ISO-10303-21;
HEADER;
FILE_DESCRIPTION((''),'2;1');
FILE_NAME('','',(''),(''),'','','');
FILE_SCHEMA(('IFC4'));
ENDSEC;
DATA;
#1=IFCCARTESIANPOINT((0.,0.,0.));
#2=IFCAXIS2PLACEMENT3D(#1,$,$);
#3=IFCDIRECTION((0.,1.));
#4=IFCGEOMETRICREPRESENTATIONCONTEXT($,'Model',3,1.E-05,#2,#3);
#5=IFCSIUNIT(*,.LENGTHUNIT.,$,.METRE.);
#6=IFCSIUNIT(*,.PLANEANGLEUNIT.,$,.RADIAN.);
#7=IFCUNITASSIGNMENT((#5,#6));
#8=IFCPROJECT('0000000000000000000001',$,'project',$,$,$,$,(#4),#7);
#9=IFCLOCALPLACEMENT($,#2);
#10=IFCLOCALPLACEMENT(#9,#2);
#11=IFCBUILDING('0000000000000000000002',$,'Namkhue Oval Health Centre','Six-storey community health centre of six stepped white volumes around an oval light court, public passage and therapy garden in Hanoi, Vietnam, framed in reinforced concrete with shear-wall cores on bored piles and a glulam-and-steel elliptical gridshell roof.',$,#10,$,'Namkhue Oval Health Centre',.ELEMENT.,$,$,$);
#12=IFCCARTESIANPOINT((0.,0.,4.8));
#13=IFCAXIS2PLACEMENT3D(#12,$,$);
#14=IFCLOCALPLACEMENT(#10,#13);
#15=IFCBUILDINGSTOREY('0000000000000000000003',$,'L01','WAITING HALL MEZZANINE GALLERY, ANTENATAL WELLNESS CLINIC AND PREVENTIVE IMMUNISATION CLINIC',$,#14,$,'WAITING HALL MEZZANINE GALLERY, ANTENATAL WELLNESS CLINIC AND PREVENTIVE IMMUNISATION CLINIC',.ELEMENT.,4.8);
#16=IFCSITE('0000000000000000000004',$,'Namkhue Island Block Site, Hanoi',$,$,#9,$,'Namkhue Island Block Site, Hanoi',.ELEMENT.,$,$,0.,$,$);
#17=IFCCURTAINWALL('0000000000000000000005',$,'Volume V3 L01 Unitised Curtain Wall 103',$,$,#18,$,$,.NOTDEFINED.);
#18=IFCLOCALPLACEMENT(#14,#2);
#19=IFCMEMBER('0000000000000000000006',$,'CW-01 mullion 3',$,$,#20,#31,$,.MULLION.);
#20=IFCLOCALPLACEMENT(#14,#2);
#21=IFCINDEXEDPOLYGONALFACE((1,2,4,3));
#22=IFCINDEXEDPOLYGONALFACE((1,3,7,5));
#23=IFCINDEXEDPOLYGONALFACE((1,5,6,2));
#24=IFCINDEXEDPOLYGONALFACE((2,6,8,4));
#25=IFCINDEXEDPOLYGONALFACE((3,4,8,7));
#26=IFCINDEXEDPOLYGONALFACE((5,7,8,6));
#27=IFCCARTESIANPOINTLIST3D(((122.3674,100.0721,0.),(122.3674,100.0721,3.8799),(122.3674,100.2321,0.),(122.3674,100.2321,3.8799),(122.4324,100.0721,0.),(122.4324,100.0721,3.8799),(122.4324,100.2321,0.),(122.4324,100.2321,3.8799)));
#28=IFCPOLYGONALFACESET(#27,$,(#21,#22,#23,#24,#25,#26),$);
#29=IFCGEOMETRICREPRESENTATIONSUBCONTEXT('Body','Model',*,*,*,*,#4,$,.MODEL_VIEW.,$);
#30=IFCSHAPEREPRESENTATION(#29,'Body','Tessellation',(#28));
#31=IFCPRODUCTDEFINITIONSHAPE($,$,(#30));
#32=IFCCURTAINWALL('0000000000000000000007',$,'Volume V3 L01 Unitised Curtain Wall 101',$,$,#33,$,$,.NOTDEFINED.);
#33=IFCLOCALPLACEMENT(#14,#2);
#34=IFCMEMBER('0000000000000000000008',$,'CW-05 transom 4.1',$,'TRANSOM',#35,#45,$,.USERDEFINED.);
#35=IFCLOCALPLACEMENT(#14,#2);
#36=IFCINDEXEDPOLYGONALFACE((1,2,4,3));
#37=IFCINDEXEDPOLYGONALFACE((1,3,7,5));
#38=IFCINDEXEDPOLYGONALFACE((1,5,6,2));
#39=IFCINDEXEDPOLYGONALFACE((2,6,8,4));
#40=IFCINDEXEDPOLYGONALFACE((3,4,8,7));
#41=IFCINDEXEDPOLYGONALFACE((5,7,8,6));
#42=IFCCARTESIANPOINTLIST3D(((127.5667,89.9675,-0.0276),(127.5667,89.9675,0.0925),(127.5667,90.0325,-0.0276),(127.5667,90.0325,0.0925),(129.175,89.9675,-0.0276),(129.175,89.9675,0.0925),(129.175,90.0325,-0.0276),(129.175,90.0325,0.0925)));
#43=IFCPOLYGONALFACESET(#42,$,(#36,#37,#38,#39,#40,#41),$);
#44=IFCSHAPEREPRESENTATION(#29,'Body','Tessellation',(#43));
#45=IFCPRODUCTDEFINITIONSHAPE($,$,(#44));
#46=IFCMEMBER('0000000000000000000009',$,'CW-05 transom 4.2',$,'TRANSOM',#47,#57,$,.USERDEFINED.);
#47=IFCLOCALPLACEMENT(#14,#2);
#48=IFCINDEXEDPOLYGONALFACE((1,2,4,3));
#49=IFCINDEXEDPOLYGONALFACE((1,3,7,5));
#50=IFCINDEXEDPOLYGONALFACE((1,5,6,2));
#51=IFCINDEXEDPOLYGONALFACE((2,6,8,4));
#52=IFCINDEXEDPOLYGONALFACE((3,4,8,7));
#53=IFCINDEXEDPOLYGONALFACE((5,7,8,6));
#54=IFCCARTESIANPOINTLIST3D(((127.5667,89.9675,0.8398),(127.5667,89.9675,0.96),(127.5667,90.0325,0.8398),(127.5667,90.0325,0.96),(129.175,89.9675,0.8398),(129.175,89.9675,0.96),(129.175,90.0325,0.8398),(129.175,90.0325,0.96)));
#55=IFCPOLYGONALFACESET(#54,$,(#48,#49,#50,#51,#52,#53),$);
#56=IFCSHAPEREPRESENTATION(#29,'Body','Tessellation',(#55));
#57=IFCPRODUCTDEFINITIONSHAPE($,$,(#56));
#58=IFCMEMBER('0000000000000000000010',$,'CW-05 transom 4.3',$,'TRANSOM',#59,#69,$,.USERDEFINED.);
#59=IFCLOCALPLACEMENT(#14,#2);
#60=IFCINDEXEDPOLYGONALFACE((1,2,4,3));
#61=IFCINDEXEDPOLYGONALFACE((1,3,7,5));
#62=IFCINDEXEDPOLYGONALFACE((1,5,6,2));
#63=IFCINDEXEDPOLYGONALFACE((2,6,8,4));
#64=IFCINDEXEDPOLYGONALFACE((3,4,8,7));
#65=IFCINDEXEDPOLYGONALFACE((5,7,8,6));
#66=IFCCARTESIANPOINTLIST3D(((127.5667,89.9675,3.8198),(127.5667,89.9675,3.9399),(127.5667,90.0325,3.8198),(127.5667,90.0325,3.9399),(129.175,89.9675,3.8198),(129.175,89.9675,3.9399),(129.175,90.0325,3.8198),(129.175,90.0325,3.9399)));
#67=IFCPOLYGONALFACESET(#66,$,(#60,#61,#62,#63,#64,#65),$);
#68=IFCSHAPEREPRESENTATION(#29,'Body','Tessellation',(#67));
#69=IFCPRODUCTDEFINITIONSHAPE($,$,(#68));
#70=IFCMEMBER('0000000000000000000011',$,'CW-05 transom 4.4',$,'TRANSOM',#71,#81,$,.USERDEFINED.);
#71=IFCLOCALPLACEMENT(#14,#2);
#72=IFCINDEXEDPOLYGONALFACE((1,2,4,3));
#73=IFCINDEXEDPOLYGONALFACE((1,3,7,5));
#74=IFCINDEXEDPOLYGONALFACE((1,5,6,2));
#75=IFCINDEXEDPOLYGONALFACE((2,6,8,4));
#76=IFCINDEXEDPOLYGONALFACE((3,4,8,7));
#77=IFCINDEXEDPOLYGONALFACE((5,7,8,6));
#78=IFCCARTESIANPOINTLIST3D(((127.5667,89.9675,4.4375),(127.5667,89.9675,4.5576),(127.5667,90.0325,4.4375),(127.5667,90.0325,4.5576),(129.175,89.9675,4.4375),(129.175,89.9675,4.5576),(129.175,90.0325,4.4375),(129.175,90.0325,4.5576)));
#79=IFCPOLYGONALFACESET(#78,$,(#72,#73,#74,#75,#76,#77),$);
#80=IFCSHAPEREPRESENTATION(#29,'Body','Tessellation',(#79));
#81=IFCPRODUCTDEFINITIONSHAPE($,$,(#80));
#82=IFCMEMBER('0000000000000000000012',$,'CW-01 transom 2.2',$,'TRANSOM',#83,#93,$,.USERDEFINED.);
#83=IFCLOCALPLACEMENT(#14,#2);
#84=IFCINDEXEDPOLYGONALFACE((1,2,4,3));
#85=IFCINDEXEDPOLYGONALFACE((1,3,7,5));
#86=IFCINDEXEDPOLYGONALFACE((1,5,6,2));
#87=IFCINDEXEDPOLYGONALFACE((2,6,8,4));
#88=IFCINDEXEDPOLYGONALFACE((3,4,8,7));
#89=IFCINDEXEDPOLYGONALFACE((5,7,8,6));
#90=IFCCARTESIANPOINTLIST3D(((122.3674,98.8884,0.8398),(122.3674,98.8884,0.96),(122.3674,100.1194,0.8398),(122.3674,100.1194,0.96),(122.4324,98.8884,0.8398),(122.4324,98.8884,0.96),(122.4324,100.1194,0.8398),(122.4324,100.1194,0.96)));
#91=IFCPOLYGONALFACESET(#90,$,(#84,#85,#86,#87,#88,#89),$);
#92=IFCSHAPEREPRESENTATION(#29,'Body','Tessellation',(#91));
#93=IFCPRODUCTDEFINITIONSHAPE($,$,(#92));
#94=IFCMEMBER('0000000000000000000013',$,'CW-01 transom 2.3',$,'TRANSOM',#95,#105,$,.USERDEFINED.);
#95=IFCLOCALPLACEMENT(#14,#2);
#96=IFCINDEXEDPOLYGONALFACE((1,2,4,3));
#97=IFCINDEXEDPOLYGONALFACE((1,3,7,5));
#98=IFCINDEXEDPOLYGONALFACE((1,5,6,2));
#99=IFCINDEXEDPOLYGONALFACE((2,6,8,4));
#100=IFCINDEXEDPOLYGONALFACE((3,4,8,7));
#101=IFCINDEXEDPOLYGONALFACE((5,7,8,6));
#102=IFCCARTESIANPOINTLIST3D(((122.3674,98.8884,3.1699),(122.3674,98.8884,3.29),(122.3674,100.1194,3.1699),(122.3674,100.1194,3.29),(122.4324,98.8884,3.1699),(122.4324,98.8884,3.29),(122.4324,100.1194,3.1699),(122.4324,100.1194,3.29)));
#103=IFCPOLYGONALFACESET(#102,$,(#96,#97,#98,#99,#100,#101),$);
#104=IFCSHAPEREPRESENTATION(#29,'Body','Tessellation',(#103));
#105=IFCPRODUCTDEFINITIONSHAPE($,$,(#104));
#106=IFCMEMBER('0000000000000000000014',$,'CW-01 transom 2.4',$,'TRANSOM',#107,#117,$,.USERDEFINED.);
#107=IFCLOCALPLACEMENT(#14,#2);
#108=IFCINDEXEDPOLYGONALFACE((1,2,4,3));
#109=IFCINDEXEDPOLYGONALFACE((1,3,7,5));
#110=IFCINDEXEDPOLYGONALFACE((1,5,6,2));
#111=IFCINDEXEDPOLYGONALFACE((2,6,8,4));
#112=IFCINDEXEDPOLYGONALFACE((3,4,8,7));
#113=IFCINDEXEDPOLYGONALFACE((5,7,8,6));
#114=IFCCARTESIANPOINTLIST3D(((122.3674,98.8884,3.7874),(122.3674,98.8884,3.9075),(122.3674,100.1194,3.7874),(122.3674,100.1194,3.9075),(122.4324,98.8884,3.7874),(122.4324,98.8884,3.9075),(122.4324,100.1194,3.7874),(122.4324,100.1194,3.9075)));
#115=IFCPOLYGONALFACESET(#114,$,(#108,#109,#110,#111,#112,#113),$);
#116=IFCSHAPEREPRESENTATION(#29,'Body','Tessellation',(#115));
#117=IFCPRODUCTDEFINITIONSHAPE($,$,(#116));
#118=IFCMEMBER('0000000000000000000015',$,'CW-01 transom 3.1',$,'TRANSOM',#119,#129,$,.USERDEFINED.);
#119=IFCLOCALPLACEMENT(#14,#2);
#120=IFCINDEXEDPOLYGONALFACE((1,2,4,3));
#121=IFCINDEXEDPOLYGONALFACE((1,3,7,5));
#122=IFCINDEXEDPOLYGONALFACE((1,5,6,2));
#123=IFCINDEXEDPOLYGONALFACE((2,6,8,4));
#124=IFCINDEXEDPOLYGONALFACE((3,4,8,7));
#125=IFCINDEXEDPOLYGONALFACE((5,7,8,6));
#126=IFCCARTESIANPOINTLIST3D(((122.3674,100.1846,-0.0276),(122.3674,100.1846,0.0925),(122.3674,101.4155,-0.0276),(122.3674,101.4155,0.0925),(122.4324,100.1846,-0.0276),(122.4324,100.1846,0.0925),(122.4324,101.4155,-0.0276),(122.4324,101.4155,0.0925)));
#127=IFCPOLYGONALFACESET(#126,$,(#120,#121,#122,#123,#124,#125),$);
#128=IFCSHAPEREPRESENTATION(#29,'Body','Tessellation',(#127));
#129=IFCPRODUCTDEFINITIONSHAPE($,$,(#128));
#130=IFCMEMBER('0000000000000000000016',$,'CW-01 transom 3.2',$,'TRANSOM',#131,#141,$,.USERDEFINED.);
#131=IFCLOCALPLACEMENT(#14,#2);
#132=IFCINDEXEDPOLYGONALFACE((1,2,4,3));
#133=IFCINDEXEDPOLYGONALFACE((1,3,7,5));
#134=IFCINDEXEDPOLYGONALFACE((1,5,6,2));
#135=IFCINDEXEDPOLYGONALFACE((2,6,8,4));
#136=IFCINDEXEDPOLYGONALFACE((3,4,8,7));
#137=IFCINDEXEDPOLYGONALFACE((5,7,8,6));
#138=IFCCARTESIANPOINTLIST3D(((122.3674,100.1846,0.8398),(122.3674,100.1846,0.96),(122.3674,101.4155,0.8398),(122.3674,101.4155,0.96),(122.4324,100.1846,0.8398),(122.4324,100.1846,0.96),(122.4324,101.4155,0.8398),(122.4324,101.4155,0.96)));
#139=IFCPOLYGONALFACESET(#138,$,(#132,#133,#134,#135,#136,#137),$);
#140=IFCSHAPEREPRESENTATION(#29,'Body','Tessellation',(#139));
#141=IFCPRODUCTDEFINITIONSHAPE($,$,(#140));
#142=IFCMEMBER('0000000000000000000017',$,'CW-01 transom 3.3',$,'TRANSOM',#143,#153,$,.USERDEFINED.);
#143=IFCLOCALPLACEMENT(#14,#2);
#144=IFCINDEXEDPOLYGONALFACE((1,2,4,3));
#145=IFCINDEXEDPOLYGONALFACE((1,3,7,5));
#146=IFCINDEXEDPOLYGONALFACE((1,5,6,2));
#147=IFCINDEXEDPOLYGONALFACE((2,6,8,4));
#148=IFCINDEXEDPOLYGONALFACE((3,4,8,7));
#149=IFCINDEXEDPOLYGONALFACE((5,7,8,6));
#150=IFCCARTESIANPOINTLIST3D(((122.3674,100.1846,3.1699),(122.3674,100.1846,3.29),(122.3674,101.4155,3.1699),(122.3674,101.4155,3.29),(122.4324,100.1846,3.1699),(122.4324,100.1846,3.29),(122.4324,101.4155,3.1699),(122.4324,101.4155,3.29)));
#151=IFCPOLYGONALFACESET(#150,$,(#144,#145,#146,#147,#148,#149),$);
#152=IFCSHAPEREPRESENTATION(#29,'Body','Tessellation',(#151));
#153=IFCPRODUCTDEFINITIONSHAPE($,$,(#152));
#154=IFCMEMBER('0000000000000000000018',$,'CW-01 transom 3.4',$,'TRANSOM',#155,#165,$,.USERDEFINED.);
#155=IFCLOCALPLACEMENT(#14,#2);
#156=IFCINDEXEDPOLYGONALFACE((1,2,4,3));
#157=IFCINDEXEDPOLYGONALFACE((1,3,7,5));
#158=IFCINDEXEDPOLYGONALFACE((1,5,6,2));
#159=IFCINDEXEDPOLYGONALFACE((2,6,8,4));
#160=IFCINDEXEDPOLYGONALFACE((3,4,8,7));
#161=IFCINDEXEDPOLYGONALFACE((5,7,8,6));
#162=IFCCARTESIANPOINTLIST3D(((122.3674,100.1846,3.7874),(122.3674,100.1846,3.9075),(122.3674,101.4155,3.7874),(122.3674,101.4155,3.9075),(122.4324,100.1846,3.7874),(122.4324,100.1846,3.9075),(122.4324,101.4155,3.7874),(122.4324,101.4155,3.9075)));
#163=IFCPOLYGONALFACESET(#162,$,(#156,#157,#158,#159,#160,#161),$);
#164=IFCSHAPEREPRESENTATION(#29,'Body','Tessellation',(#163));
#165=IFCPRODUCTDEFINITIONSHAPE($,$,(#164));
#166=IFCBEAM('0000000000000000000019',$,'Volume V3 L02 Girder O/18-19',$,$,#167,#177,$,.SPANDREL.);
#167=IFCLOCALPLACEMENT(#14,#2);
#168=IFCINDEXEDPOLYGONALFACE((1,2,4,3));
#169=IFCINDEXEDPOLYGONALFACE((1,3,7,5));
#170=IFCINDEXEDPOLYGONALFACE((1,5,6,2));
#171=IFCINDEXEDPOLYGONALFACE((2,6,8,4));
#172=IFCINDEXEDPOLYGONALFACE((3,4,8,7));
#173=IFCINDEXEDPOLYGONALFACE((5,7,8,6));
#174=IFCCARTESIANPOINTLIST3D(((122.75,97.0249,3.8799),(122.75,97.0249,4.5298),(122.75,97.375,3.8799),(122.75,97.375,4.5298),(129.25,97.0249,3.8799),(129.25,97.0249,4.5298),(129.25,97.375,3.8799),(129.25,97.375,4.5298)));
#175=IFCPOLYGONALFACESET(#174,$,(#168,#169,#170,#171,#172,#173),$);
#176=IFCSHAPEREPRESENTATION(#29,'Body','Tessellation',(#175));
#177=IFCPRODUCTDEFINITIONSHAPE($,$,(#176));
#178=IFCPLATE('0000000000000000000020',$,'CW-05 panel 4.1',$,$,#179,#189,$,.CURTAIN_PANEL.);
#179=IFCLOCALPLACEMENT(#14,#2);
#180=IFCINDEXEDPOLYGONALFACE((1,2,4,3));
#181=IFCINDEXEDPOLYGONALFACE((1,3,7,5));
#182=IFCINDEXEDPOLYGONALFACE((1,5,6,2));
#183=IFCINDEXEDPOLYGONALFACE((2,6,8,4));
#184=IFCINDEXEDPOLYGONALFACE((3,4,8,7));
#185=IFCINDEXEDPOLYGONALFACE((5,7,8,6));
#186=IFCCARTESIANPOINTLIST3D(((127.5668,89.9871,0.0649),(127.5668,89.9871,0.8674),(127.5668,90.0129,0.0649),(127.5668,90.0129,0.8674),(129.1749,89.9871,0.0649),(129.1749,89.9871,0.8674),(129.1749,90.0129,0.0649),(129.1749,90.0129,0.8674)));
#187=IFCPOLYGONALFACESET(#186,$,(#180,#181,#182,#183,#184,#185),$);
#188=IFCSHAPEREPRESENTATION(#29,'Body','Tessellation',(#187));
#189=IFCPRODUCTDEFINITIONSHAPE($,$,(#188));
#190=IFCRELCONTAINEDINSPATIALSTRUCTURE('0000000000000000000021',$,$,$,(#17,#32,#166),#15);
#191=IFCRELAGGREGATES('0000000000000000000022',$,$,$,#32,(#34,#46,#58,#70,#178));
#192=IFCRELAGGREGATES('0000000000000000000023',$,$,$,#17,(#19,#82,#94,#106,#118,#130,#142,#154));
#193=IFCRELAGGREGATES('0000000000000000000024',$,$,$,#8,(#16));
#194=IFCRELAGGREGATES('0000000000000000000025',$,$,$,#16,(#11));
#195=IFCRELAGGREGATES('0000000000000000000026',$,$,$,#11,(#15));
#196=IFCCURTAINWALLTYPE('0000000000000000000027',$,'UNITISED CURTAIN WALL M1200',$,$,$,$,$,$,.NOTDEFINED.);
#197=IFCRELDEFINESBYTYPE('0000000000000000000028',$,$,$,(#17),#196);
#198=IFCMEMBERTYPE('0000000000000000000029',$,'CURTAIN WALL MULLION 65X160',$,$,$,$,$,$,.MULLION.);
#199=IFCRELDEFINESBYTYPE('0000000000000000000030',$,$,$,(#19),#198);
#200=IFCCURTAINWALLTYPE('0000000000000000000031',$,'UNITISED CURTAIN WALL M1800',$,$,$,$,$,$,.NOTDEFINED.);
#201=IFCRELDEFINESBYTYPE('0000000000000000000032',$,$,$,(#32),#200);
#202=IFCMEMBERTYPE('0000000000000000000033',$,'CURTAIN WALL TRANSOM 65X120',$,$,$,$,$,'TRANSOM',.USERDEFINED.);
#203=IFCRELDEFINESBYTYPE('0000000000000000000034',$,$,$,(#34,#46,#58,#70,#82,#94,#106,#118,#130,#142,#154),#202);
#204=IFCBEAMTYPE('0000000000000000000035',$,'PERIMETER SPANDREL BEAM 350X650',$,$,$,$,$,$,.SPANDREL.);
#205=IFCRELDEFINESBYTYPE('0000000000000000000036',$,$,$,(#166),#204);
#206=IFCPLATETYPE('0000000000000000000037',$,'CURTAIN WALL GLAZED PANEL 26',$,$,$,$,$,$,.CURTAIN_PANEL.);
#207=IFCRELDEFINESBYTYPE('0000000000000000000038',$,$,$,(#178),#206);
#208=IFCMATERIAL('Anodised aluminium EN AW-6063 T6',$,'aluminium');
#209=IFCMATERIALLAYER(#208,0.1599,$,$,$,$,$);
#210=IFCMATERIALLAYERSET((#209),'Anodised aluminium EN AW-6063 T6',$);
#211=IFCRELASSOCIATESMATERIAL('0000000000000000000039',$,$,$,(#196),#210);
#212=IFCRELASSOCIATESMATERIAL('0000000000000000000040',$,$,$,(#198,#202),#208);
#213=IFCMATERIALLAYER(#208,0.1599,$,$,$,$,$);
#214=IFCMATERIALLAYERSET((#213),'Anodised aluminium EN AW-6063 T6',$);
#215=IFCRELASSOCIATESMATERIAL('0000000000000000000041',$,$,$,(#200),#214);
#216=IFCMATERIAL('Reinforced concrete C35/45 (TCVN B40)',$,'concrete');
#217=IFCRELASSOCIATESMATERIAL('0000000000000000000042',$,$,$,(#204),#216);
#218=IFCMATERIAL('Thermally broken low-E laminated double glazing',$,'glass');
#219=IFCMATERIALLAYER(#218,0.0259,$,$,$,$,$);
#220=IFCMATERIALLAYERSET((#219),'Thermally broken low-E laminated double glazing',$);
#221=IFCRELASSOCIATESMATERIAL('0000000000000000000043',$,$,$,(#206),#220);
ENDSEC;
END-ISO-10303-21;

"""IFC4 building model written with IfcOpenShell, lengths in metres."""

from ifc_helpers import new_model, si_unit, direction, frame, origin, origin_2d, place, context, subcontext, project, spatial, rectangle, extrude, material, layer, layer_set, material_profile, profile_set, type_object, element, aggregate, save


model = new_model("IFC4")

# Units and contexts
model_context = context("Model", 3, precision=1e-05, world=origin(), true_north=direction((0.0, 1.0)))
body_context = subcontext(model_context, "Body", "Model", "MODEL_VIEW")
ifc_project = project(units=[si_unit("LENGTHUNIT", "METRE"), si_unit("PLANEANGLEUNIT", "RADIAN")], contexts=[model_context])

# Site, building, storey
site_placement = place(None, origin())
site = spatial("IfcSite", under=ifc_project, at=site_placement, Name="Namkhue Island Block Site, Hanoi", LongName="Namkhue Island Block Site, Hanoi", CompositionType="ELEMENT", RefElevation=0.0)
building_placement = place(site_placement, origin())
building = spatial("IfcBuilding", under=site, at=building_placement, Name="Namkhue Oval Health Centre", Description="Six-storey community health centre of six stepped white volumes around an oval light court, public passage and therapy garden in Hanoi, Vietnam, framed in reinforced concrete with shear-wall cores on bored piles and a glulam-and-steel elliptical gridshell roof.", LongName="Namkhue Oval Health Centre", CompositionType="ELEMENT")
storey_placement = place(building_placement, frame((0.0, 0.0, 4.8)))
storey = spatial("IfcBuildingStorey", under=building, at=storey_placement, Name="L01", Description="WAITING HALL MEZZANINE GALLERY, ANTENATAL WELLNESS CLINIC AND PREVENTIVE IMMUNISATION CLINIC", LongName="WAITING HALL MEZZANINE GALLERY, ANTENATAL WELLNESS CLINIC AND PREVENTIVE IMMUNISATION CLINIC", CompositionType="ELEMENT", Elevation=4.8)

# Curtain wall, member
ifc_material_1 = material(Name="Anodised aluminium EN AW-6063 T6", Category="aluminium")
ifc_layer_1 = layer(ifc_material_1, 0.1599)
ifc_layer_set_1 = layer_set([ifc_layer_1], Name="Anodised aluminium EN AW-6063 T6")
curtain_wall_type_1 = type_object("IfcCurtainWallType", Name="UNITISED CURTAIN WALL M1200", PredefinedType="NOTDEFINED", material=ifc_layer_set_1)
curtain_wall_1_placement = place(storey_placement, origin())
curtain_wall_1 = element("IfcCurtainWall", 1, at=curtain_wall_1_placement, inside=storey, type_object=curtain_wall_type_1, Name="Volume V3 L01 Unitised Curtain Wall 103", PredefinedType="NOTDEFINED")
ifc_material_profile_1 = material_profile(ifc_material_1, rectangle(XDim=0.0649, YDim=0.1599, at=origin_2d()), Name="ALU 65x160")
ifc_profile_set_1 = profile_set([ifc_material_profile_1], Name="Anodised aluminium EN AW-6063 T6")
member_type_1 = type_object("IfcMemberType", Name="CURTAIN WALL MULLION 65X160", PredefinedType="MULLION", material=ifc_profile_set_1)
member_1_placement = place(storey_placement, frame((122.3999, 100.1521, 0.0), z_axis=(0.0, 0.0, 1.0), x_axis=(-1.0, 0.0, 0.0)))
member_1 = element("IfcMember", 2, at=member_1_placement, type_object=member_type_1, Name="CW-01 mullion 3", PredefinedType="MULLION", context=body_context, shape_type="SweptSolid", body=[
    extrude(rectangle(XDim=0.0649, YDim=0.1599, at=origin_2d()), origin(), (0.0, 0.0, 1.0), 3.8799),
])

# Curtain wall, members
ifc_layer_2 = layer(ifc_material_1, 0.1599)
ifc_layer_set_2 = layer_set([ifc_layer_2], Name="Anodised aluminium EN AW-6063 T6")
curtain_wall_type_2 = type_object("IfcCurtainWallType", Name="UNITISED CURTAIN WALL M1800", PredefinedType="NOTDEFINED", material=ifc_layer_set_2)
curtain_wall_2_placement = place(storey_placement, origin())
curtain_wall_2 = element("IfcCurtainWall", 3, at=curtain_wall_2_placement, inside=storey, type_object=curtain_wall_type_2, Name="Volume V3 L01 Unitised Curtain Wall 101", PredefinedType="NOTDEFINED")
ifc_material_profile_2 = material_profile(ifc_material_1, rectangle(XDim=0.0649, YDim=0.1201, at=origin_2d()), Name="ALU 65x120")
ifc_profile_set_2 = profile_set([ifc_material_profile_2], Name="Anodised aluminium EN AW-6063 T6")
member_type_2 = type_object("IfcMemberType", Name="CURTAIN WALL TRANSOM 65X120", ElementType="TRANSOM", PredefinedType="USERDEFINED", material=ifc_profile_set_2)
member_2_placement = place(storey_placement, frame((127.5667, 90.0, 0.0325), z_axis=(1.0, 0.0, 0.0), x_axis=(0.0, 1.0, 0.0)))
member_2 = element("IfcMember", 4, at=member_2_placement, type_object=member_type_2, Name="CW-05 transom 4.1", ObjectType="TRANSOM", PredefinedType="USERDEFINED", context=body_context, shape_type="SweptSolid", body=[
    extrude(rectangle(XDim=0.0649, YDim=0.1201, at=origin_2d()), origin(), (0.0, 0.0, 1.0), 1.6084),
])
member_3_placement = place(storey_placement, frame((127.5667, 90.0, 0.8999), z_axis=(1.0, 0.0, 0.0), x_axis=(0.0, 1.0, 0.0)))
member_3 = element("IfcMember", 5, at=member_3_placement, type_object=member_type_2, Name="CW-05 transom 4.2", ObjectType="TRANSOM", PredefinedType="USERDEFINED", context=body_context, shape_type="SweptSolid", body=[
    extrude(rectangle(XDim=0.0649, YDim=0.1201, at=origin_2d()), origin(), (0.0, 0.0, 1.0), 1.6084),
])
member_4_placement = place(storey_placement, frame((127.5667, 90.0, 3.8799), z_axis=(1.0, 0.0, 0.0), x_axis=(0.0, 1.0, 0.0)))
member_4 = element("IfcMember", 6, at=member_4_placement, type_object=member_type_2, Name="CW-05 transom 4.3", ObjectType="TRANSOM", PredefinedType="USERDEFINED", context=body_context, shape_type="SweptSolid", body=[
    extrude(rectangle(XDim=0.0649, YDim=0.1201, at=origin_2d()), origin(), (0.0, 0.0, 1.0), 1.6084),
])
member_5_placement = place(storey_placement, frame((127.5667, 90.0, 4.4976), z_axis=(1.0, 0.0, 0.0), x_axis=(0.0, 1.0, 0.0)))
member_5 = element("IfcMember", 7, at=member_5_placement, type_object=member_type_2, Name="CW-05 transom 4.4", ObjectType="TRANSOM", PredefinedType="USERDEFINED", context=body_context, shape_type="SweptSolid", body=[
    extrude(rectangle(XDim=0.0649, YDim=0.1201, at=origin_2d()), origin(), (0.0, 0.0, 1.0), 1.6084),
])

# Members
member_6_placement = place(storey_placement, frame((122.3999, 98.8884, 0.8999), z_axis=(0.0, 1.0, 0.0), x_axis=(-1.0, 0.0, 0.0)))
member_6 = element("IfcMember", 8, at=member_6_placement, type_object=member_type_2, Name="CW-01 transom 2.2", ObjectType="TRANSOM", PredefinedType="USERDEFINED", context=body_context, shape_type="SweptSolid", body=[
    extrude(rectangle(XDim=0.0649, YDim=0.1201, at=origin_2d()), origin(), (0.0, 0.0, 1.0), 1.231),
])
member_7_placement = place(storey_placement, frame((122.3999, 98.8884, 3.23), z_axis=(0.0, 1.0, 0.0), x_axis=(-1.0, 0.0, 0.0)))
member_7 = element("IfcMember", 9, at=member_7_placement, type_object=member_type_2, Name="CW-01 transom 2.3", ObjectType="TRANSOM", PredefinedType="USERDEFINED", context=body_context, shape_type="SweptSolid", body=[
    extrude(rectangle(XDim=0.0649, YDim=0.1201, at=origin_2d()), origin(), (0.0, 0.0, 1.0), 1.231),
])
member_8_placement = place(storey_placement, frame((122.3999, 98.8884, 3.8474), z_axis=(0.0, 1.0, 0.0), x_axis=(-1.0, 0.0, 0.0)))
member_8 = element("IfcMember", 10, at=member_8_placement, type_object=member_type_2, Name="CW-01 transom 2.4", ObjectType="TRANSOM", PredefinedType="USERDEFINED", context=body_context, shape_type="SweptSolid", body=[
    extrude(rectangle(XDim=0.0649, YDim=0.1201, at=origin_2d()), origin(), (0.0, 0.0, 1.0), 1.231),
])
member_9_placement = place(storey_placement, frame((122.3999, 100.1846, 0.0325), z_axis=(0.0, 1.0, 0.0), x_axis=(-1.0, 0.0, 0.0)))
member_9 = element("IfcMember", 11, at=member_9_placement, type_object=member_type_2, Name="CW-01 transom 3.1", ObjectType="TRANSOM", PredefinedType="USERDEFINED", context=body_context, shape_type="SweptSolid", body=[
    extrude(rectangle(XDim=0.0649, YDim=0.1201, at=origin_2d()), origin(), (0.0, 0.0, 1.0), 1.231),
])
member_10_placement = place(storey_placement, frame((122.3999, 100.1846, 0.8999), z_axis=(0.0, 1.0, 0.0), x_axis=(-1.0, 0.0, 0.0)))
member_10 = element("IfcMember", 12, at=member_10_placement, type_object=member_type_2, Name="CW-01 transom 3.2", ObjectType="TRANSOM", PredefinedType="USERDEFINED", context=body_context, shape_type="SweptSolid", body=[
    extrude(rectangle(XDim=0.0649, YDim=0.1201, at=origin_2d()), origin(), (0.0, 0.0, 1.0), 1.231),
])
member_11_placement = place(storey_placement, frame((122.3999, 100.1846, 3.23), z_axis=(0.0, 1.0, 0.0), x_axis=(-1.0, 0.0, 0.0)))
member_11 = element("IfcMember", 13, at=member_11_placement, type_object=member_type_2, Name="CW-01 transom 3.3", ObjectType="TRANSOM", PredefinedType="USERDEFINED", context=body_context, shape_type="SweptSolid", body=[
    extrude(rectangle(XDim=0.0649, YDim=0.1201, at=origin_2d()), origin(), (0.0, 0.0, 1.0), 1.231),
])
member_12_placement = place(storey_placement, frame((122.3999, 100.1846, 3.8474), z_axis=(0.0, 1.0, 0.0), x_axis=(-1.0, 0.0, 0.0)))
member_12 = element("IfcMember", 14, at=member_12_placement, type_object=member_type_2, Name="CW-01 transom 3.4", ObjectType="TRANSOM", PredefinedType="USERDEFINED", context=body_context, shape_type="SweptSolid", body=[
    extrude(rectangle(XDim=0.0649, YDim=0.1201, at=origin_2d()), origin(), (0.0, 0.0, 1.0), 1.231),
])

# Beam
ifc_material_2 = material(Name="Reinforced concrete C35/45 (TCVN B40)", Category="concrete")
ifc_material_profile_3 = material_profile(ifc_material_2, rectangle(XDim=0.3501, YDim=0.6499, at=origin_2d()), Name="RC 350x650")
ifc_profile_set_3 = profile_set([ifc_material_profile_3], Name="Reinforced concrete C35/45 (TCVN B40)")
beam_type = type_object("IfcBeamType", Name="PERIMETER SPANDREL BEAM 350X650", PredefinedType="SPANDREL", material=ifc_profile_set_3)
beam_placement = place(storey_placement, frame((122.75, 97.2, 4.2048), z_axis=(1.0, 0.0, 0.0), x_axis=(0.0, 1.0, 0.0)))
element("IfcBeam", 15, at=beam_placement, inside=storey, type_object=beam_type, Name="Volume V3 L02 Girder O/18-19", PredefinedType="SPANDREL", context=body_context, shape_type="SweptSolid", body=[
    extrude(rectangle(XDim=0.3501, YDim=0.6499, at=origin_2d()), origin(), (0.0, 0.0, 1.0), 6.5),
])

# Plate
ifc_material_3 = material(Name="Thermally broken low-E laminated double glazing", Category="glass")
ifc_layer_3 = layer(ifc_material_3, 0.0259)
ifc_layer_set_3 = layer_set([ifc_layer_3], Name="Thermally broken low-E laminated double glazing")
plate_type_1 = type_object("IfcPlateType", Name="CURTAIN WALL GLAZED PANEL 26", PredefinedType="CURTAIN_PANEL", material=ifc_layer_set_3)
plate_1_placement = place(storey_placement, frame((128.3708, 90.0, 0.0649), z_axis=(0.0, 0.0, 1.0), x_axis=(1.0, 0.0, 0.0)))
plate_1 = element("IfcPlate", 16, at=plate_1_placement, type_object=plate_type_1, Name="CW-05 panel 4.1", PredefinedType="CURTAIN_PANEL", context=body_context, shape_type="SweptSolid", body=[
    extrude(rectangle(XDim=1.6082, YDim=0.0259, at=origin_2d()), origin(), (0.0, 0.0, 1.0), 0.8025),
])
aggregate(curtain_wall_2, [member_2, member_3, member_4, member_5, plate_1])
aggregate(curtain_wall_1, [member_1, member_6, member_7, member_8, member_9, member_10, member_11, member_12])

save(model, "model.ifc")
